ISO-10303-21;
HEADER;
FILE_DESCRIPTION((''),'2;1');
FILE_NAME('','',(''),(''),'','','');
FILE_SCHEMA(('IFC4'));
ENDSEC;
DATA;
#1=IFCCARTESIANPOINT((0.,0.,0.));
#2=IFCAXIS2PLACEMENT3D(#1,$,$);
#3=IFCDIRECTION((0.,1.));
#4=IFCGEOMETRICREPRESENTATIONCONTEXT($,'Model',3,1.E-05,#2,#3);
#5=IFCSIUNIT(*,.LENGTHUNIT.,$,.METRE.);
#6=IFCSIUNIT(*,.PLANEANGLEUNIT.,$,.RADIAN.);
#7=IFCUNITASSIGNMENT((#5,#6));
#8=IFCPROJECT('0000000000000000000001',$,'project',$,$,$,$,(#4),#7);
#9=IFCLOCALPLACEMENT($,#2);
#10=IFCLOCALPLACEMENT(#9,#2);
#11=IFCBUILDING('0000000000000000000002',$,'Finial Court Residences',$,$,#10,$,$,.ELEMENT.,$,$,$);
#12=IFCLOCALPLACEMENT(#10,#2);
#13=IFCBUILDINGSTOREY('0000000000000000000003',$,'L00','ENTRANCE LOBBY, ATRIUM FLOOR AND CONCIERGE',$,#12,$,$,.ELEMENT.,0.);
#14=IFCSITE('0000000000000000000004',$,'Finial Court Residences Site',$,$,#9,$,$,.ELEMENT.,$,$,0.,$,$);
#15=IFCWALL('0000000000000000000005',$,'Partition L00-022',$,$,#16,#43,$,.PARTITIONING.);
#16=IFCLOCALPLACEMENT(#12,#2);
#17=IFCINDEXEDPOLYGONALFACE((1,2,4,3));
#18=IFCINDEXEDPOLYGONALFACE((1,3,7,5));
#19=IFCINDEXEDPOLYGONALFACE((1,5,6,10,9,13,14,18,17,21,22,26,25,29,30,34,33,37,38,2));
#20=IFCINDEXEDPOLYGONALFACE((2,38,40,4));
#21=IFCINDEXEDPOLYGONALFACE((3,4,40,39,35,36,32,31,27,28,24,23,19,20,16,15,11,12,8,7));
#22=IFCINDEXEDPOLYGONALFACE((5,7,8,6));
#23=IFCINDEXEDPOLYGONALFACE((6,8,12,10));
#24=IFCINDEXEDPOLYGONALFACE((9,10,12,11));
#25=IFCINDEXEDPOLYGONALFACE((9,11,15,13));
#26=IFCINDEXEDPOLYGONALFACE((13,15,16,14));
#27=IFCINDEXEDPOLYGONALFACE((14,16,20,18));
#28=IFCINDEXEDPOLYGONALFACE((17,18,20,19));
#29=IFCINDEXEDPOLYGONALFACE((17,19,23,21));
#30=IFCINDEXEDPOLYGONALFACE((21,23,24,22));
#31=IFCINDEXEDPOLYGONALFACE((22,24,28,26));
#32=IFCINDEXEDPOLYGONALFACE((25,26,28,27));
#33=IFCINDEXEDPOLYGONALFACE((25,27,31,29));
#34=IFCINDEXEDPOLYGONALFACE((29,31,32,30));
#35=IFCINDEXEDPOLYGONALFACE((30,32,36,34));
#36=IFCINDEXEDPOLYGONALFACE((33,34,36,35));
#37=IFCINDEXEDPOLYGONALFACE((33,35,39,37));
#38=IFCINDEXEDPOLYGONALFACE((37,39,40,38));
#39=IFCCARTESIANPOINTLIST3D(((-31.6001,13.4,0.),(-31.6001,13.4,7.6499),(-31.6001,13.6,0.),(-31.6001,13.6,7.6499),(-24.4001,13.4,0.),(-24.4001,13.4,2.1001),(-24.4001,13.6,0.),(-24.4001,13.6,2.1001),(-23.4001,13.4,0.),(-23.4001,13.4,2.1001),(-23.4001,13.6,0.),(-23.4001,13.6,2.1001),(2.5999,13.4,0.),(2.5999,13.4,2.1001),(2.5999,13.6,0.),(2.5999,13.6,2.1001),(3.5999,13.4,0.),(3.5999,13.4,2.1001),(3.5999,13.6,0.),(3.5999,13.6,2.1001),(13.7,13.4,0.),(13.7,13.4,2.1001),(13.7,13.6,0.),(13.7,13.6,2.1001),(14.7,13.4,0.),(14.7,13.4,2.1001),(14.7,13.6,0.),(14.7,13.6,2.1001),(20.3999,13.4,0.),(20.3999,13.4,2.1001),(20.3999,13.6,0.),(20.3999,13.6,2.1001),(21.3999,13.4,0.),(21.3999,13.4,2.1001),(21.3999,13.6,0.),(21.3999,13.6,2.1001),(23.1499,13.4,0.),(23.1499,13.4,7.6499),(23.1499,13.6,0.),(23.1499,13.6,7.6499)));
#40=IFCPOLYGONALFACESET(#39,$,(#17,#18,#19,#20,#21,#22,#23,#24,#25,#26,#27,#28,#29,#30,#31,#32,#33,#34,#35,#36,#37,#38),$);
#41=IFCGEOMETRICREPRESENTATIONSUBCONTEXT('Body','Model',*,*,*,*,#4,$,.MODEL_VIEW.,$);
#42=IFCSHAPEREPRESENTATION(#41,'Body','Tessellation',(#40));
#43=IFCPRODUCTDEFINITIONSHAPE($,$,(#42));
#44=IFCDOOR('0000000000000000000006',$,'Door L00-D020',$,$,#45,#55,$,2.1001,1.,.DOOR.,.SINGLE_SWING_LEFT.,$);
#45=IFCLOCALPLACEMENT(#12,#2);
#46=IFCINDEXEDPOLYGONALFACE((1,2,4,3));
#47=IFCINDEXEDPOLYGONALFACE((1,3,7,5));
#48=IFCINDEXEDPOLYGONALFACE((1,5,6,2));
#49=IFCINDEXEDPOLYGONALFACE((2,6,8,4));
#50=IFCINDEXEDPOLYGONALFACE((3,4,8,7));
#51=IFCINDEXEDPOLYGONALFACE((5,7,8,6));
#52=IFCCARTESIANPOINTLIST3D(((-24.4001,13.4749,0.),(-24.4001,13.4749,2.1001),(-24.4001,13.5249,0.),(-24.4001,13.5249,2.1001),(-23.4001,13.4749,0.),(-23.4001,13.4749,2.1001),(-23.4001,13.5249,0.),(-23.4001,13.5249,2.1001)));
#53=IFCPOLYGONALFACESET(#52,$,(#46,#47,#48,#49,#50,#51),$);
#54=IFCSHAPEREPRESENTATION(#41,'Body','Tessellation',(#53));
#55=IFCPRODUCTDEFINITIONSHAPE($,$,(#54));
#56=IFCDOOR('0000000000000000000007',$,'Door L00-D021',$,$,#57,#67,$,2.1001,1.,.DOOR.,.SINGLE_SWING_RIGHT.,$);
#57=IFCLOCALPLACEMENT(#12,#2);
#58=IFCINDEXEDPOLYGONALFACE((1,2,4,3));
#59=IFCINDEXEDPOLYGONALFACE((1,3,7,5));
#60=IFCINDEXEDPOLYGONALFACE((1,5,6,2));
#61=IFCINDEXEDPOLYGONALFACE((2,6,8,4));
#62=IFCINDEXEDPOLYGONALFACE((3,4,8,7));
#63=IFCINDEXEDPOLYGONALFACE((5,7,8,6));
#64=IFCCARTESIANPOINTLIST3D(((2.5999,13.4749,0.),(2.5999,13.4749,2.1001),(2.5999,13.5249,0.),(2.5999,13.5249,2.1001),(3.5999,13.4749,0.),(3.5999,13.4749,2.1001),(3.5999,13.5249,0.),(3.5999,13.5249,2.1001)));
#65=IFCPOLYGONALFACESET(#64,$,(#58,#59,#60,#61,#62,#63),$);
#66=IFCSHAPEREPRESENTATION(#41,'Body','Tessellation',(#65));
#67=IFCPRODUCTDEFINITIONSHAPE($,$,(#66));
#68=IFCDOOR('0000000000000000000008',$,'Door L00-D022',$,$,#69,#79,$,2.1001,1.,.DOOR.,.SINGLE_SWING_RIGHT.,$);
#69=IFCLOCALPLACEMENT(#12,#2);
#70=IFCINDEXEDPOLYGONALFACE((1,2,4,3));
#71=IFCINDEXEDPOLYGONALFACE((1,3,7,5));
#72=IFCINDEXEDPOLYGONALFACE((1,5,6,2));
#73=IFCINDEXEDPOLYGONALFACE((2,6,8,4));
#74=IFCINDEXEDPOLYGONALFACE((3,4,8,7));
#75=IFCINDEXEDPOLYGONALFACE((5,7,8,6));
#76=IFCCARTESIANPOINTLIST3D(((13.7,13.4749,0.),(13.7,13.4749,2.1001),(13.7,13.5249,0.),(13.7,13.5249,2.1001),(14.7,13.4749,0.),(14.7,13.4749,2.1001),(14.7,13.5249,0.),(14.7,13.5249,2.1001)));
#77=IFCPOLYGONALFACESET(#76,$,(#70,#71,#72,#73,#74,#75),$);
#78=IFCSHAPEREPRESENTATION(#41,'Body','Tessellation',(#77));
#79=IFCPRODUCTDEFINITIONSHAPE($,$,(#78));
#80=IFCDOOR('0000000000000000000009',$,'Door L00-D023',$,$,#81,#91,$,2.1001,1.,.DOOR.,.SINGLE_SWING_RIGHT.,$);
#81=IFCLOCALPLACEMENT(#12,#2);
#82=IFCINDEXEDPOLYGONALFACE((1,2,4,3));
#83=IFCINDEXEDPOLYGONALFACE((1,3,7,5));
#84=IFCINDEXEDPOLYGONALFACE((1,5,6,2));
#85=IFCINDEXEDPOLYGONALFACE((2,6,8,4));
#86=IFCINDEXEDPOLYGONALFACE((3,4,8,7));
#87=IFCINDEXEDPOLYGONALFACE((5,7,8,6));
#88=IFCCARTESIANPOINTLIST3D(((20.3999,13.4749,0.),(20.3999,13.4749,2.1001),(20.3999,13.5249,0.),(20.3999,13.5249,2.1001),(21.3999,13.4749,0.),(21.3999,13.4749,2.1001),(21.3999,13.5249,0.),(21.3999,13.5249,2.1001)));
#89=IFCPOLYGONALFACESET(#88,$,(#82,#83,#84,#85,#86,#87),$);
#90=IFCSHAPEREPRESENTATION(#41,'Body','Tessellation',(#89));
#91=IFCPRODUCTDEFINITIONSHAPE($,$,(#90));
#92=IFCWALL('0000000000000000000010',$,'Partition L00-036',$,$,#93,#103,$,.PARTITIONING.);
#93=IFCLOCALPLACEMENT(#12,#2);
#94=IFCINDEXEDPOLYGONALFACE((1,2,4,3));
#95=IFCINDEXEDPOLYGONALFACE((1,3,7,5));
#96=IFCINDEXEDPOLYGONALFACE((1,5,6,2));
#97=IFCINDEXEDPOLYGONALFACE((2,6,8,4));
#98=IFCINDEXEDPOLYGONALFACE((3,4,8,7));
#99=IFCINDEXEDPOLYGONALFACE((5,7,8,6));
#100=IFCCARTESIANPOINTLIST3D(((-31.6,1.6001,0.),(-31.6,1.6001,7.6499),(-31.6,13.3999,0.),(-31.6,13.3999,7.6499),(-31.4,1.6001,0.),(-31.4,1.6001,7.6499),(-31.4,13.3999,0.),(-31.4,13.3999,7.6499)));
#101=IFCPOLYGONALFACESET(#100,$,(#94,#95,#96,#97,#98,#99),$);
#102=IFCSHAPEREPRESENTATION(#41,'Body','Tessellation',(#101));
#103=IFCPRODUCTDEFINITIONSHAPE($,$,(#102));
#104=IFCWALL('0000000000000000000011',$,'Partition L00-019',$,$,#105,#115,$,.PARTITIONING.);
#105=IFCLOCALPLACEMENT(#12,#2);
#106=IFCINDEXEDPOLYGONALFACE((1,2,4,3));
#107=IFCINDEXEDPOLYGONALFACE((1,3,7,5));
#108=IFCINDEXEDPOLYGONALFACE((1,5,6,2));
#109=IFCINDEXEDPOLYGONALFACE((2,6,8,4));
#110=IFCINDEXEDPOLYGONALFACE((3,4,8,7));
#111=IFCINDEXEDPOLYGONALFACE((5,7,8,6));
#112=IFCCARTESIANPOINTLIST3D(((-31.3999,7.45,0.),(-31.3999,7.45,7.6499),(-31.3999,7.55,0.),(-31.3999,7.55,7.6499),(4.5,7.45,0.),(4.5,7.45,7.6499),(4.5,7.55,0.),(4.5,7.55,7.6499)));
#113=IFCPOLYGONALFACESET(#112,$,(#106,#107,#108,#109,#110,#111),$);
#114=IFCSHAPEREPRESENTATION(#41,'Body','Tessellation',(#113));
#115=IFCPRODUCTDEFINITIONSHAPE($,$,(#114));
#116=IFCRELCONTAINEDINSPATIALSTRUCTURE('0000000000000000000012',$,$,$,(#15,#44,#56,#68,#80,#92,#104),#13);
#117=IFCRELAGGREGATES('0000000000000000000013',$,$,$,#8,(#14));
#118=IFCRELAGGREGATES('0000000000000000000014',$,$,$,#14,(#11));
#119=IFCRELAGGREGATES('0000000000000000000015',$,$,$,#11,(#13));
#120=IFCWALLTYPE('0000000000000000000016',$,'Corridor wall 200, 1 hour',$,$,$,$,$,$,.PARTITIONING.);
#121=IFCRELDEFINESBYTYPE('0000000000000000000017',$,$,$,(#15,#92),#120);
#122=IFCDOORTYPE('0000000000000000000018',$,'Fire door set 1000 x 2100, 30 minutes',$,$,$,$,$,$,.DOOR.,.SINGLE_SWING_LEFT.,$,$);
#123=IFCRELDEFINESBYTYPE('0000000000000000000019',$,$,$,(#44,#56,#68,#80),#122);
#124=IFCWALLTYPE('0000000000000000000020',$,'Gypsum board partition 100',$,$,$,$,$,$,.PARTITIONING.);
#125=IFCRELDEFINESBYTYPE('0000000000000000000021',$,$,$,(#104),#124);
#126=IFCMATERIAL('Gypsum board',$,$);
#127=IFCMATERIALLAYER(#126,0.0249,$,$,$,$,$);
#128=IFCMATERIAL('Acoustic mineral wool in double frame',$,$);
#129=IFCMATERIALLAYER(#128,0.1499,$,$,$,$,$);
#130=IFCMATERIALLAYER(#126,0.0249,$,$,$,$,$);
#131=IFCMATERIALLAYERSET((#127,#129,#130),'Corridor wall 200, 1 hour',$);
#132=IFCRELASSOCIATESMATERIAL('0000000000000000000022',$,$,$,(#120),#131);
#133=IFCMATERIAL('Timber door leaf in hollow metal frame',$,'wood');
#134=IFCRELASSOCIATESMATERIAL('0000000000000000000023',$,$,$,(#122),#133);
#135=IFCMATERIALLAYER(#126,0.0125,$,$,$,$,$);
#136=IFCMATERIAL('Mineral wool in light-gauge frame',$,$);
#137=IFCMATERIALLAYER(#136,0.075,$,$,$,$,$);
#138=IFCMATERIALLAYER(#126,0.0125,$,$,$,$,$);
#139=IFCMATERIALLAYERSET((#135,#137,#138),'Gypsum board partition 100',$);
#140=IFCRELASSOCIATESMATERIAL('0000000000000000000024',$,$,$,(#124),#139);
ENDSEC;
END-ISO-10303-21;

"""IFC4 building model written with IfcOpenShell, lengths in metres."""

from ifc_helpers import new_model, si_unit, direction, frame, frame_2d, origin, place, context, subcontext, project, spatial, rectangle, extrude, material, layer, layer_set, type_object, element, fill, save


model = new_model("IFC4")

# Units and contexts
model_context = context("Model", 3, precision=1e-05, world=origin(), true_north=direction((0.0, 1.0)))
body_context = subcontext(model_context, "Body", "Model", "MODEL_VIEW")
ifc_project = project(units=[si_unit("LENGTHUNIT", "METRE"), si_unit("PLANEANGLEUNIT", "RADIAN")], contexts=[model_context])

# Site, building, storey
site_placement = place(None, origin())
site = spatial("IfcSite", under=ifc_project, at=site_placement, Name="Finial Court Residences Site", CompositionType="ELEMENT", RefElevation=0.0)
building_placement = place(site_placement, origin())
building = spatial("IfcBuilding", under=site, at=building_placement, Name="Finial Court Residences", CompositionType="ELEMENT")
storey_placement = place(building_placement, origin())
storey = spatial("IfcBuildingStorey", under=building, at=storey_placement, Name="L00", Description="ENTRANCE LOBBY, ATRIUM FLOOR AND CONCIERGE", CompositionType="ELEMENT", Elevation=0.0)

# Wall, openings, doors
ifc_material_1 = material(Name="Gypsum board")
ifc_layer_1 = layer(ifc_material_1, 0.0249)
ifc_material_2 = material(Name="Acoustic mineral wool in double frame")
ifc_layer_2 = layer(ifc_material_2, 0.1499)
ifc_layer_3 = layer(ifc_material_1, 0.0249)
ifc_layer_set_1 = layer_set([ifc_layer_1, ifc_layer_2, ifc_layer_3], Name="Corridor wall 200, 1 hour")
wall_type_1 = type_object("IfcWallType", Name="Corridor wall 200, 1 hour", PredefinedType="PARTITIONING", material=ifc_layer_set_1)
ifc_material_3 = material(Name="Timber door leaf in hollow metal frame", Category="wood")
door_type = type_object("IfcDoorType", Name="Fire door set 1000 x 2100, 30 minutes", OperationType="SINGLE_SWING_LEFT", PredefinedType="DOOR", material=ifc_material_3)
wall_1_placement = place(storey_placement, frame((-31.6001, 13.5, 0.0), z_axis=(0.0, 0.0, 1.0), x_axis=(1.0, 0.0, 0.0)))
wall_1 = element("IfcWall", 1, at=wall_1_placement, inside=storey, type_object=wall_type_1, Name="Partition L00-022", PredefinedType="PARTITIONING", context=body_context, shape_type="SweptSolid", body=[
    extrude(rectangle(XDim=54.75, YDim=0.2, at=frame_2d((27.375, 0.0))), origin(), (0.0, 0.0, 1.0), 7.6499),
])
opening_1_placement = place(wall_1_placement, frame((7.2, 0.0, 0.0)))
opening_1 = element("IfcOpeningElement", 2, at=opening_1_placement, cuts=wall_1, PredefinedType="OPENING", context=body_context, shape_type="SweptSolid", body=[
    extrude(rectangle(XDim=1.0, YDim=2.1001, at=frame_2d((0.5, 1.05))), frame((0.0, 0.1099, 0.0), z_axis=(0.0, -1.0, 0.0), x_axis=(1.0, 0.0, 0.0)), (0.0, 0.0, 1.0), 0.22),
])
opening_2_placement = place(wall_1_placement, frame((34.2, 0.0, 0.0)))
opening_2 = element("IfcOpeningElement", 3, at=opening_2_placement, cuts=wall_1, PredefinedType="OPENING", context=body_context, shape_type="SweptSolid", body=[
    extrude(rectangle(XDim=1.0, YDim=2.1001, at=frame_2d((0.5, 1.05))), frame((0.0, 0.1099, 0.0), z_axis=(0.0, -1.0, 0.0), x_axis=(1.0, 0.0, 0.0)), (0.0, 0.0, 1.0), 0.22),
])
opening_3_placement = place(wall_1_placement, frame((45.3, 0.0, 0.0)))
opening_3 = element("IfcOpeningElement", 4, at=opening_3_placement, cuts=wall_1, PredefinedType="OPENING", context=body_context, shape_type="SweptSolid", body=[
    extrude(rectangle(XDim=1.0, YDim=2.1001, at=frame_2d((0.5, 1.05))), frame((0.0, 0.1099, 0.0), z_axis=(0.0, -1.0, 0.0), x_axis=(1.0, 0.0, 0.0)), (0.0, 0.0, 1.0), 0.22),
])
opening_4_placement = place(wall_1_placement, frame((52.0, 0.0, 0.0)))
opening_4 = element("IfcOpeningElement", 5, at=opening_4_placement, cuts=wall_1, PredefinedType="OPENING", context=body_context, shape_type="SweptSolid", body=[
    extrude(rectangle(XDim=1.0, YDim=2.1001, at=frame_2d((0.5, 1.05))), frame((0.0, 0.1099, 0.0), z_axis=(0.0, -1.0, 0.0), x_axis=(1.0, 0.0, 0.0)), (0.0, 0.0, 1.0), 0.22),
])
door_1_placement = place(opening_1_placement, origin())
door_1 = element("IfcDoor", 6, at=door_1_placement, inside=storey, type_object=door_type, Name="Door L00-D020", OperationType="SINGLE_SWING_LEFT", OverallHeight=2.1001, OverallWidth=1.0, PredefinedType="DOOR", context=body_context, shape_type="SweptSolid", body=[
    extrude(rectangle(XDim=1.0, YDim=2.1001, at=frame_2d((0.5, 1.05))), frame((0.0, 0.0249, 0.0), z_axis=(0.0, -1.0, 0.0), x_axis=(1.0, 0.0, 0.0)), (0.0, 0.0, 1.0), 0.05),
])
fill(opening_1, door_1)
door_2_placement = place(opening_2_placement, origin())
door_2 = element("IfcDoor", 7, at=door_2_placement, inside=storey, type_object=door_type, Name="Door L00-D021", OperationType="SINGLE_SWING_RIGHT", OverallHeight=2.1001, OverallWidth=1.0, PredefinedType="DOOR", context=body_context, shape_type="SweptSolid", body=[
    extrude(rectangle(XDim=1.0, YDim=2.1001, at=frame_2d((0.5, 1.05))), frame((0.0, 0.0249, 0.0), z_axis=(0.0, -1.0, 0.0), x_axis=(1.0, 0.0, 0.0)), (0.0, 0.0, 1.0), 0.05),
])
fill(opening_2, door_2)
door_3_placement = place(opening_3_placement, origin())
door_3 = element("IfcDoor", 8, at=door_3_placement, inside=storey, type_object=door_type, Name="Door L00-D022", OperationType="SINGLE_SWING_RIGHT", OverallHeight=2.1001, OverallWidth=1.0, PredefinedType="DOOR", context=body_context, shape_type="SweptSolid", body=[
    extrude(rectangle(XDim=1.0, YDim=2.1001, at=frame_2d((0.5, 1.05))), frame((0.0, 0.0249, 0.0), z_axis=(0.0, -1.0, 0.0), x_axis=(1.0, 0.0, 0.0)), (0.0, 0.0, 1.0), 0.05),
])
fill(opening_3, door_3)
door_4_placement = place(opening_4_placement, origin())
door_4 = element("IfcDoor", 9, at=door_4_placement, inside=storey, type_object=door_type, Name="Door L00-D023", OperationType="SINGLE_SWING_RIGHT", OverallHeight=2.1001, OverallWidth=1.0, PredefinedType="DOOR", context=body_context, shape_type="SweptSolid", body=[
    extrude(rectangle(XDim=1.0, YDim=2.1001, at=frame_2d((0.5, 1.05))), frame((0.0, 0.0249, 0.0), z_axis=(0.0, -1.0, 0.0), x_axis=(1.0, 0.0, 0.0)), (0.0, 0.0, 1.0), 0.05),
])
fill(opening_4, door_4)

# Walls
wall_2_placement = place(storey_placement, frame((-31.5, 1.6001, 0.0), z_axis=(0.0, 0.0, 1.0), x_axis=(0.0, 1.0, 0.0)))
element("IfcWall", 10, at=wall_2_placement, inside=storey, type_object=wall_type_1, Name="Partition L00-036", PredefinedType="PARTITIONING", context=body_context, shape_type="SweptSolid", body=[
    extrude(rectangle(XDim=11.7998, YDim=0.2, at=frame_2d((5.8999, 0.0))), origin(), (0.0, 0.0, 1.0), 7.6499),
])
ifc_layer_4 = layer(ifc_material_1, 0.0125)
ifc_material_4 = material(Name="Mineral wool in light-gauge frame")
ifc_layer_5 = layer(ifc_material_4, 0.075)
ifc_layer_6 = layer(ifc_material_1, 0.0125)
ifc_layer_set_2 = layer_set([ifc_layer_4, ifc_layer_5, ifc_layer_6], Name="Gypsum board partition 100")
wall_type_2 = type_object("IfcWallType", Name="Gypsum board partition 100", PredefinedType="PARTITIONING", material=ifc_layer_set_2)
wall_3_placement = place(storey_placement, frame((-31.3999, 7.5, 0.0), z_axis=(0.0, 0.0, 1.0), x_axis=(1.0, 0.0, 0.0)))
element("IfcWall", 11, at=wall_3_placement, inside=storey, type_object=wall_type_2, Name="Partition L00-019", PredefinedType="PARTITIONING", context=body_context, shape_type="SweptSolid", body=[
    extrude(rectangle(XDim=35.8999, YDim=0.1001, at=frame_2d((17.95, 0.0))), origin(), (0.0, 0.0, 1.0), 7.6499),
])

save(model, "model.ifc")
